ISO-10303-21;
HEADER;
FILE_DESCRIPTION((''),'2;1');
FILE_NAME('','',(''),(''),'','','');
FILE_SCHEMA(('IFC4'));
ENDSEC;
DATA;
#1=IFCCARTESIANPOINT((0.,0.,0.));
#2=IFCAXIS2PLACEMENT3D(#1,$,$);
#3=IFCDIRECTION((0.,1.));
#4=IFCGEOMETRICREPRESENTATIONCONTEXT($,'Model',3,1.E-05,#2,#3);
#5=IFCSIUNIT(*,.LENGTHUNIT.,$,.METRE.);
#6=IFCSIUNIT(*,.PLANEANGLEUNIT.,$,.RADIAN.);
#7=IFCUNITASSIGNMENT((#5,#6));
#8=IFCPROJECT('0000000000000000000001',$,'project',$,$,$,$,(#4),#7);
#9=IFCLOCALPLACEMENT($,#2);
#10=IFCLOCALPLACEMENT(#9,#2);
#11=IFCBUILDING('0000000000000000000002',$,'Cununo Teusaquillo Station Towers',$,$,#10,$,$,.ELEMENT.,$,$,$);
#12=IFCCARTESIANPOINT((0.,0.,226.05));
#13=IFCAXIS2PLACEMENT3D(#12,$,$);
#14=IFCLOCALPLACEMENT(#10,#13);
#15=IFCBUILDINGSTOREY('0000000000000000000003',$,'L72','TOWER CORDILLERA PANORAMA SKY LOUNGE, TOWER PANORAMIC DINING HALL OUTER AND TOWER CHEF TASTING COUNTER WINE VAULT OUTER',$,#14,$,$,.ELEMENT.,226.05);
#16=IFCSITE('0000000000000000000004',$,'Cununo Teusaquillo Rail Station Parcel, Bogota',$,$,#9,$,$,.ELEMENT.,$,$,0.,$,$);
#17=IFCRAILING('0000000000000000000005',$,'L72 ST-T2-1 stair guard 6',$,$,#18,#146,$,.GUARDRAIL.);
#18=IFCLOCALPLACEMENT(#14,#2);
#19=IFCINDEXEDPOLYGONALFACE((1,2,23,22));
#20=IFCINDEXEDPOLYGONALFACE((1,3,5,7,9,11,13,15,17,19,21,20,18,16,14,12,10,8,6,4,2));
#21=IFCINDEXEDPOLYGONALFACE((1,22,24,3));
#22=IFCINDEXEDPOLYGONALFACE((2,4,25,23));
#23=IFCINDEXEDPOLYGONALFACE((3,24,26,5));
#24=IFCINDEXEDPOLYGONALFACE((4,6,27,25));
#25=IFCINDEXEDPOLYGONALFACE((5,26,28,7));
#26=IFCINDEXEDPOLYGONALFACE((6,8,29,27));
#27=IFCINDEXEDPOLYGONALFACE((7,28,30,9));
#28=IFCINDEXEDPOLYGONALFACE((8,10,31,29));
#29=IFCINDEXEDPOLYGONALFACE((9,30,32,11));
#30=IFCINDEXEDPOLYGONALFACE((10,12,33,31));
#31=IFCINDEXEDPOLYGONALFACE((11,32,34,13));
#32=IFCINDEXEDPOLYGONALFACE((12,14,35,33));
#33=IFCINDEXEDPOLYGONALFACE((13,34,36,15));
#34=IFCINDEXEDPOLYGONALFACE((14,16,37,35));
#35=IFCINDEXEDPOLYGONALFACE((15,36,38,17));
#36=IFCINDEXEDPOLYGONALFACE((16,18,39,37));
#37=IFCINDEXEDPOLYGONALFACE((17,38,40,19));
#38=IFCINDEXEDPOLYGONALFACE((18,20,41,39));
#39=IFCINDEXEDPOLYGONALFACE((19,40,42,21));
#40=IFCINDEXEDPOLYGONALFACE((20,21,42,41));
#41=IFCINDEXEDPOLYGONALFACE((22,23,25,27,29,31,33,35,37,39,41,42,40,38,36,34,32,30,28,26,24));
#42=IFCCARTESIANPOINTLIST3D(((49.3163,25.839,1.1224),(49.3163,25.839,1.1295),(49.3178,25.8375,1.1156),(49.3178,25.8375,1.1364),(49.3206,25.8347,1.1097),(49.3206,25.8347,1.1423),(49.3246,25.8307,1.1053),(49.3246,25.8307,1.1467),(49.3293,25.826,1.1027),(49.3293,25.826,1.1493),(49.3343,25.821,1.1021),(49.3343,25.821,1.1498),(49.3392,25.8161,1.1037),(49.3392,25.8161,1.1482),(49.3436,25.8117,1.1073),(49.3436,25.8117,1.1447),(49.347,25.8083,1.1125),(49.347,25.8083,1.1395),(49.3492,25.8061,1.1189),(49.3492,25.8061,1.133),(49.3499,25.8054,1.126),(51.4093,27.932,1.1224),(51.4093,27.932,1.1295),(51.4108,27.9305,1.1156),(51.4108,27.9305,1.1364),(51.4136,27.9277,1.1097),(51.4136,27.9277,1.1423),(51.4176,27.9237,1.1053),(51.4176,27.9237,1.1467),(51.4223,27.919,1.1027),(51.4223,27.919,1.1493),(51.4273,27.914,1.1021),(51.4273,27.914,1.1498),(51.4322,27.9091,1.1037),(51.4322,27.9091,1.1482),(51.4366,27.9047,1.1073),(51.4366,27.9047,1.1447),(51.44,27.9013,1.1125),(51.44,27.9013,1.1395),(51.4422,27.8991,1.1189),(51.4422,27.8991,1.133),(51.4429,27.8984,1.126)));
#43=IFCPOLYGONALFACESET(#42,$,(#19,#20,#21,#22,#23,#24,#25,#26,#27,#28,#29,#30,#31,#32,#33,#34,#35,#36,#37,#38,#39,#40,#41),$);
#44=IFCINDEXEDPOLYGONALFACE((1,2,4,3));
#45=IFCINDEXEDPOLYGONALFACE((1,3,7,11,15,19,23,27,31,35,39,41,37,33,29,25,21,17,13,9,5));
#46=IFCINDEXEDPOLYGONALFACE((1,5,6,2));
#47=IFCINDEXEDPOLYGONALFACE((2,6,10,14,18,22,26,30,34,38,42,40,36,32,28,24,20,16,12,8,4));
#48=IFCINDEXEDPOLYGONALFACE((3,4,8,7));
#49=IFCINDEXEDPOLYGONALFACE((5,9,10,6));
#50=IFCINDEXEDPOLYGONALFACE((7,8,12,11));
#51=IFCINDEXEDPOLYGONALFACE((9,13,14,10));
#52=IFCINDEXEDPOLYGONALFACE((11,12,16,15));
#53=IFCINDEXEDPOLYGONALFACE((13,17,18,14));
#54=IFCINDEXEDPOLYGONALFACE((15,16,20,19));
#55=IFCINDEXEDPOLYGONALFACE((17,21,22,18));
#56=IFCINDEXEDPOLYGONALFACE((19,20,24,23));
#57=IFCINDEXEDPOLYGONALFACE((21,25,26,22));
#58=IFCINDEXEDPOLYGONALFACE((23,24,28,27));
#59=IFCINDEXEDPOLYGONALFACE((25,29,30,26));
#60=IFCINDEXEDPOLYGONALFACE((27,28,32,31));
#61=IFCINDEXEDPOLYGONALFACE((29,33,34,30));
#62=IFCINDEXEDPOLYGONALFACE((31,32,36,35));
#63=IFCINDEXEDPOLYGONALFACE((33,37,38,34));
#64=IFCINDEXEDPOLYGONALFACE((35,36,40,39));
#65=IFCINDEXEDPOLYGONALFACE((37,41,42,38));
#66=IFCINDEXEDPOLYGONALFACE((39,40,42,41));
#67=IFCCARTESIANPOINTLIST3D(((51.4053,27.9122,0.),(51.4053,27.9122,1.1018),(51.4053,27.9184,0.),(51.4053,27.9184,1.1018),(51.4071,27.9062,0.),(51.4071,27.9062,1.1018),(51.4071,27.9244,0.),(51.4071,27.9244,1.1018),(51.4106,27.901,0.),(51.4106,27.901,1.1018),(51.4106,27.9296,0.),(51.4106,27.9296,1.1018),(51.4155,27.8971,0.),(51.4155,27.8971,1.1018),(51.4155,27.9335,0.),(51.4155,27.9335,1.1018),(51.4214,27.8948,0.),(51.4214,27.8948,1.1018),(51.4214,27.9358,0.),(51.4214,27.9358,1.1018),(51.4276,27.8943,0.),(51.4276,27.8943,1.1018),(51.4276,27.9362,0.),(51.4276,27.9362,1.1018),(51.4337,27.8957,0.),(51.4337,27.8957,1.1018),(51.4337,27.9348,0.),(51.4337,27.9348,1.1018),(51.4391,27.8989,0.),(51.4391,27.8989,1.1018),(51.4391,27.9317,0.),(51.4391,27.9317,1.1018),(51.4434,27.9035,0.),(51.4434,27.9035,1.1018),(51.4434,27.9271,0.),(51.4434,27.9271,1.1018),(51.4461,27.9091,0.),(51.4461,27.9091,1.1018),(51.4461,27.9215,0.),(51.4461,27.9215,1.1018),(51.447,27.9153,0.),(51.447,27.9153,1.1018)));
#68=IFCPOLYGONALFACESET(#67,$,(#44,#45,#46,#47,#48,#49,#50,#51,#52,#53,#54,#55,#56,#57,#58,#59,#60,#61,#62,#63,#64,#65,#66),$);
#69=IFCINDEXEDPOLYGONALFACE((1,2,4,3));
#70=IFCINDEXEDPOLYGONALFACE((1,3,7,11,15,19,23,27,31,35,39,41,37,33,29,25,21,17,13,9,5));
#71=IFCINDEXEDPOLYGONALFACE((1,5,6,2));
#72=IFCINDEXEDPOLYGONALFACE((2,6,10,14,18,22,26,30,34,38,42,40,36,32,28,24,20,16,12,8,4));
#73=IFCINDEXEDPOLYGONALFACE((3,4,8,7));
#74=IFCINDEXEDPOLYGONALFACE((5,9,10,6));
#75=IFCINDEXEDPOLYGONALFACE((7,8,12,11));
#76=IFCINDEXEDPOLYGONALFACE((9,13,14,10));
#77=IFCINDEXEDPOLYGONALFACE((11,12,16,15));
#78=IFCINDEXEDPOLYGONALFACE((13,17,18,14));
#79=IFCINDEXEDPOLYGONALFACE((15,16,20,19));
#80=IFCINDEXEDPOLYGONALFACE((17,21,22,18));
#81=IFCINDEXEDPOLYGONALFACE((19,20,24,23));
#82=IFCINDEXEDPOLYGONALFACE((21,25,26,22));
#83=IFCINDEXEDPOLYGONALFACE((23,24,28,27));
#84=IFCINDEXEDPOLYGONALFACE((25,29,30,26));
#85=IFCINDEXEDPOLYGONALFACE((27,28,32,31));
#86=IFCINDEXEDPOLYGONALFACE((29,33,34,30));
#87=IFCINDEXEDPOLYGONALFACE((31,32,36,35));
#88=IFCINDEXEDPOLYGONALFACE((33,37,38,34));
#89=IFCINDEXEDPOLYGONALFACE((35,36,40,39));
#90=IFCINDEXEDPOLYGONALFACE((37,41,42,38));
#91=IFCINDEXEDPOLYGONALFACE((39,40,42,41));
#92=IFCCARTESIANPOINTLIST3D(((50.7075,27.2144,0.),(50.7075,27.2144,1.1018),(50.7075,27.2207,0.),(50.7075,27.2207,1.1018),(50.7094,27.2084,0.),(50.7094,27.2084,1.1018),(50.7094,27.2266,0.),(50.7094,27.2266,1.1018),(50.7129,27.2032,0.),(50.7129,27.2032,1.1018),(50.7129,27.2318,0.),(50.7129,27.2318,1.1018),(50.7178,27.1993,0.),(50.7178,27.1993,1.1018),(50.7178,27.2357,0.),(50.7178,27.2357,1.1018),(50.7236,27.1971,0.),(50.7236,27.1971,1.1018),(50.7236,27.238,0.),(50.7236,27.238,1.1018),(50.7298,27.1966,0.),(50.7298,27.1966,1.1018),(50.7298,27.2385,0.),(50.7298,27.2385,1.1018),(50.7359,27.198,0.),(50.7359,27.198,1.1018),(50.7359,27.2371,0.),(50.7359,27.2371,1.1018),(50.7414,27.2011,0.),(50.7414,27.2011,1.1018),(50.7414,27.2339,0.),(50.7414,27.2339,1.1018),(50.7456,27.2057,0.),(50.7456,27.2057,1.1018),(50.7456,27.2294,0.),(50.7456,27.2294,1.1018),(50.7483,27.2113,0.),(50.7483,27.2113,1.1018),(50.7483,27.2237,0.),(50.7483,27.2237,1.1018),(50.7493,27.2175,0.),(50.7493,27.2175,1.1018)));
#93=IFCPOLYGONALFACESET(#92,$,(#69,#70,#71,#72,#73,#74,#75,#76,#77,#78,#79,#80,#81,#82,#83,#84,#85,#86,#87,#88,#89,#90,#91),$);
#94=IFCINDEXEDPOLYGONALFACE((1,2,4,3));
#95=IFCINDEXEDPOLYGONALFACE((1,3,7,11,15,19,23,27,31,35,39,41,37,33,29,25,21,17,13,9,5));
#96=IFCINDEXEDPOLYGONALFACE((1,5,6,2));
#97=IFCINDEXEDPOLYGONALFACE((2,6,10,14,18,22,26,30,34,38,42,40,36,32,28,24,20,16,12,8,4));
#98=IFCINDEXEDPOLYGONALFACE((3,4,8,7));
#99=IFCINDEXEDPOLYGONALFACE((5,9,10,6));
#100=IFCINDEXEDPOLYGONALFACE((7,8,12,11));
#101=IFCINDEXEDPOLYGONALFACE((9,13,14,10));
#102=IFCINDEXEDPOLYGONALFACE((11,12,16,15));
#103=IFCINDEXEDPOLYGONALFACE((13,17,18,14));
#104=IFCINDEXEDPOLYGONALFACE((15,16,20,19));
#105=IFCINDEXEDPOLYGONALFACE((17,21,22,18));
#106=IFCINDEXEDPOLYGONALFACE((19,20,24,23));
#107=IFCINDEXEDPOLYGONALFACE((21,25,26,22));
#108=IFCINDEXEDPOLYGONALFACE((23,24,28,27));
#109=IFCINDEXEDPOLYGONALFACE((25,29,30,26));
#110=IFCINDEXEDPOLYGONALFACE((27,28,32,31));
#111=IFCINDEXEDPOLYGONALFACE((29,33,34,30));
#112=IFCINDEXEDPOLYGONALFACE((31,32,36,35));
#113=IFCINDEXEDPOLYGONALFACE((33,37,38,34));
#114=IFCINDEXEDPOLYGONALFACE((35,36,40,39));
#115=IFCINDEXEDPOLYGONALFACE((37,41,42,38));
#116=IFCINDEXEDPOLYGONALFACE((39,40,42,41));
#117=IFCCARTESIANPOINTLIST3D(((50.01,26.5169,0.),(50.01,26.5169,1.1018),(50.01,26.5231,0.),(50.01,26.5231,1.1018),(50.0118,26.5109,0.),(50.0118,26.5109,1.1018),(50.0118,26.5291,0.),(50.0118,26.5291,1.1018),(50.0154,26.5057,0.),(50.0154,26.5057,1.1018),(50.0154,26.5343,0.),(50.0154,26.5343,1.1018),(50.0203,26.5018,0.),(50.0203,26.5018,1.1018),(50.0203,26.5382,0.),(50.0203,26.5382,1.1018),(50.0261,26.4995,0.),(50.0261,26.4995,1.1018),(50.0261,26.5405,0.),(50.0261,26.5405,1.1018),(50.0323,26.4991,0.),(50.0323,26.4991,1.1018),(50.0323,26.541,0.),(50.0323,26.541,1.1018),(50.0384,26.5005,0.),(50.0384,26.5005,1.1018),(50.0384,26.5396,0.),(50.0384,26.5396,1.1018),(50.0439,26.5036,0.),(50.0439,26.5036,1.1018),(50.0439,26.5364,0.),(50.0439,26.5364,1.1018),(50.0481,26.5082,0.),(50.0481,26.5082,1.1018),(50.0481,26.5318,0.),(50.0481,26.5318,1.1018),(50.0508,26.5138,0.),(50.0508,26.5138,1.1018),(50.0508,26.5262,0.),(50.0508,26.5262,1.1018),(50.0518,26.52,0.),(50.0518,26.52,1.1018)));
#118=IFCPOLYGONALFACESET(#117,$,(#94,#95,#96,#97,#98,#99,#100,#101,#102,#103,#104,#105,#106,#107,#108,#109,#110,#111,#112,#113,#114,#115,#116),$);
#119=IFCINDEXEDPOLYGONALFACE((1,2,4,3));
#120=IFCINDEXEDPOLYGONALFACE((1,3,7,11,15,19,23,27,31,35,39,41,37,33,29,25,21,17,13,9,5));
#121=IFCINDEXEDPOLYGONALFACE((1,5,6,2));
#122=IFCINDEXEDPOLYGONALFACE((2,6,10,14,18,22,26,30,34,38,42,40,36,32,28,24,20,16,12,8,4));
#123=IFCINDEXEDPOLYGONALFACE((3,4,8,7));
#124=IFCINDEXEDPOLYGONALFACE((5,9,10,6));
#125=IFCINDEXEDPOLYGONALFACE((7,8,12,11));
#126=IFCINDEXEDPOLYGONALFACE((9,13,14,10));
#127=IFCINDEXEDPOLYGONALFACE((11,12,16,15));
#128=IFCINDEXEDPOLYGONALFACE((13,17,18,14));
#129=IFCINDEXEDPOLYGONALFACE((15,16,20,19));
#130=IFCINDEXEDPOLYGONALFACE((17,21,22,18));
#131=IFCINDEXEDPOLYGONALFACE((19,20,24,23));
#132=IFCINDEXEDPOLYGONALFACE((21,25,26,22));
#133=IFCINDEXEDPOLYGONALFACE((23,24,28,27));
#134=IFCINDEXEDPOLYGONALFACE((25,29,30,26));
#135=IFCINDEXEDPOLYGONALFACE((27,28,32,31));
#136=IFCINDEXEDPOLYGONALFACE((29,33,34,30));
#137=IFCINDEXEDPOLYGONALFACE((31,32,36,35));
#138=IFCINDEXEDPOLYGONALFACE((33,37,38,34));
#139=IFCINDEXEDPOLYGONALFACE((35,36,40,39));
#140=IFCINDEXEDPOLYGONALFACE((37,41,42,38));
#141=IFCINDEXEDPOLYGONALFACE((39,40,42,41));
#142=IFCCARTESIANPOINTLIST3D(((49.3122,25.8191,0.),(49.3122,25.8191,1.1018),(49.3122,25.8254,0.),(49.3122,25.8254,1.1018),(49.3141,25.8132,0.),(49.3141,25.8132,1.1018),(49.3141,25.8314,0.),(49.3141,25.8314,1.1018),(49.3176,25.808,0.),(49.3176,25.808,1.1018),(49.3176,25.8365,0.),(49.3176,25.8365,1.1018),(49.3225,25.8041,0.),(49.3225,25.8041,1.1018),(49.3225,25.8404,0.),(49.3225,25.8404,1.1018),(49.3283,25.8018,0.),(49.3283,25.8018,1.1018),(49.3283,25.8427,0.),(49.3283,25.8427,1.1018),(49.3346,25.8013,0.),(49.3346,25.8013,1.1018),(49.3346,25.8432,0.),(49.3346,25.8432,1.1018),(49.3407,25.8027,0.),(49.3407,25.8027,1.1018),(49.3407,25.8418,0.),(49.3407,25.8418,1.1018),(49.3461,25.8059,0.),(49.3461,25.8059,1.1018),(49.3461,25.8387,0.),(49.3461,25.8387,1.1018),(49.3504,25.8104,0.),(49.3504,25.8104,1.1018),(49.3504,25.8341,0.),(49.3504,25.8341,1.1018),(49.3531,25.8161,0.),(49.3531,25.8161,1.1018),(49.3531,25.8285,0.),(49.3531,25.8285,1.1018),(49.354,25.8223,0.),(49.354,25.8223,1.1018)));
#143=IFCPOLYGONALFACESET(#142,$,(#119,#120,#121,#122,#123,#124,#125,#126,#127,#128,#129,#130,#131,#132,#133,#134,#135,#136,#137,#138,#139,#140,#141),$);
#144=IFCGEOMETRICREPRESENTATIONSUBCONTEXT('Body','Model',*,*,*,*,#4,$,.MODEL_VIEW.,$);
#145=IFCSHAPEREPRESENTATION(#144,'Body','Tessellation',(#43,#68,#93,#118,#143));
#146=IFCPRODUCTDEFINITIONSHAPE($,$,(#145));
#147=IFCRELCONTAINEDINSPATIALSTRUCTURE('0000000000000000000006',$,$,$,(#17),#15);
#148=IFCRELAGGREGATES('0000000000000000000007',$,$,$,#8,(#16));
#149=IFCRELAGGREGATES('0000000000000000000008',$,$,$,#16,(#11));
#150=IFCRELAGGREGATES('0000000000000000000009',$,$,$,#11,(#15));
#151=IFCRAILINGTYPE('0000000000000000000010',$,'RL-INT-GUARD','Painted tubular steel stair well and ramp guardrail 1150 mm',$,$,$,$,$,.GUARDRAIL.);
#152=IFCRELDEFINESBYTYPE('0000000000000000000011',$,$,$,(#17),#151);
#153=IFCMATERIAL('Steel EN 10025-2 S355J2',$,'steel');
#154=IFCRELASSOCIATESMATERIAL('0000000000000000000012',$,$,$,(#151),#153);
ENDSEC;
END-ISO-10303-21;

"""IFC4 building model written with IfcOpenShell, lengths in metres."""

from ifc_helpers import new_model, si_unit, direction, frame, origin, origin_2d, place, context, subcontext, project, spatial, circle, extrude, material, type_object, element, save


model = new_model("IFC4")

# Units and contexts
model_context = context("Model", 3, precision=1e-05, world=origin(), true_north=direction((0.0, 1.0)))
body_context = subcontext(model_context, "Body", "Model", "MODEL_VIEW")
ifc_project = project(units=[si_unit("LENGTHUNIT", "METRE"), si_unit("PLANEANGLEUNIT", "RADIAN")], contexts=[model_context])

# Site, building, storey
site_placement = place(None, origin())
site = spatial("IfcSite", under=ifc_project, at=site_placement, Name="Cununo Teusaquillo Rail Station Parcel, Bogota", CompositionType="ELEMENT", RefElevation=0.0)
building_placement = place(site_placement, origin())
building = spatial("IfcBuilding", under=site, at=building_placement, Name="Cununo Teusaquillo Station Towers", CompositionType="ELEMENT")
storey_placement = place(building_placement, frame((0.0, 0.0, 226.05)))
storey = spatial("IfcBuildingStorey", under=building, at=storey_placement, Name="L72", Description="TOWER CORDILLERA PANORAMA SKY LOUNGE, TOWER PANORAMIC DINING HALL OUTER AND TOWER CHEF TASTING COUNTER WINE VAULT OUTER", CompositionType="ELEMENT", Elevation=226.05)

# Railing
ifc_material_1 = material(Name="Steel EN 10025-2 S355J2", Category="steel")
railing_type = type_object("IfcRailingType", Name="RL-INT-GUARD", Description="Painted tubular steel stair well and ramp guardrail 1150 mm", PredefinedType="GUARDRAIL", material=ifc_material_1)
railing_1_placement = place(storey_placement, frame((51.426, 27.9153, 0.0)))
element("IfcRailing", 1, at=railing_1_placement, inside=storey, type_object=railing_type, Name="L72 ST-T2-1 stair guard 6", PredefinedType="GUARDRAIL", context=body_context, shape_type="SweptSolid", body=[
    extrude(circle(Radius=0.0239, at=origin_2d()), frame((0.0, 0.0, 1.126), z_axis=(-0.707107, -0.707107, 0.0), x_axis=(0.707107, -0.707107, 0.0)), (0.0, 0.0, 1.0), 2.96),
    extrude(circle(Radius=0.021, at=origin_2d()), origin(), (0.0, 0.0, 1.0), 1.1018),
    extrude(circle(Radius=0.021, at=origin_2d()), frame((-0.6978, -0.6978, 0.0)), (0.0, 0.0, 1.0), 1.1018),
    extrude(circle(Radius=0.021, at=origin_2d()), frame((-1.3953, -1.3953, 0.0)), (0.0, 0.0, 1.0), 1.1018),
    extrude(circle(Radius=0.021, at=origin_2d()), frame((-2.093, -2.093, 0.0)), (0.0, 0.0, 1.0), 1.1018),
])

save(model, "model.ifc")
